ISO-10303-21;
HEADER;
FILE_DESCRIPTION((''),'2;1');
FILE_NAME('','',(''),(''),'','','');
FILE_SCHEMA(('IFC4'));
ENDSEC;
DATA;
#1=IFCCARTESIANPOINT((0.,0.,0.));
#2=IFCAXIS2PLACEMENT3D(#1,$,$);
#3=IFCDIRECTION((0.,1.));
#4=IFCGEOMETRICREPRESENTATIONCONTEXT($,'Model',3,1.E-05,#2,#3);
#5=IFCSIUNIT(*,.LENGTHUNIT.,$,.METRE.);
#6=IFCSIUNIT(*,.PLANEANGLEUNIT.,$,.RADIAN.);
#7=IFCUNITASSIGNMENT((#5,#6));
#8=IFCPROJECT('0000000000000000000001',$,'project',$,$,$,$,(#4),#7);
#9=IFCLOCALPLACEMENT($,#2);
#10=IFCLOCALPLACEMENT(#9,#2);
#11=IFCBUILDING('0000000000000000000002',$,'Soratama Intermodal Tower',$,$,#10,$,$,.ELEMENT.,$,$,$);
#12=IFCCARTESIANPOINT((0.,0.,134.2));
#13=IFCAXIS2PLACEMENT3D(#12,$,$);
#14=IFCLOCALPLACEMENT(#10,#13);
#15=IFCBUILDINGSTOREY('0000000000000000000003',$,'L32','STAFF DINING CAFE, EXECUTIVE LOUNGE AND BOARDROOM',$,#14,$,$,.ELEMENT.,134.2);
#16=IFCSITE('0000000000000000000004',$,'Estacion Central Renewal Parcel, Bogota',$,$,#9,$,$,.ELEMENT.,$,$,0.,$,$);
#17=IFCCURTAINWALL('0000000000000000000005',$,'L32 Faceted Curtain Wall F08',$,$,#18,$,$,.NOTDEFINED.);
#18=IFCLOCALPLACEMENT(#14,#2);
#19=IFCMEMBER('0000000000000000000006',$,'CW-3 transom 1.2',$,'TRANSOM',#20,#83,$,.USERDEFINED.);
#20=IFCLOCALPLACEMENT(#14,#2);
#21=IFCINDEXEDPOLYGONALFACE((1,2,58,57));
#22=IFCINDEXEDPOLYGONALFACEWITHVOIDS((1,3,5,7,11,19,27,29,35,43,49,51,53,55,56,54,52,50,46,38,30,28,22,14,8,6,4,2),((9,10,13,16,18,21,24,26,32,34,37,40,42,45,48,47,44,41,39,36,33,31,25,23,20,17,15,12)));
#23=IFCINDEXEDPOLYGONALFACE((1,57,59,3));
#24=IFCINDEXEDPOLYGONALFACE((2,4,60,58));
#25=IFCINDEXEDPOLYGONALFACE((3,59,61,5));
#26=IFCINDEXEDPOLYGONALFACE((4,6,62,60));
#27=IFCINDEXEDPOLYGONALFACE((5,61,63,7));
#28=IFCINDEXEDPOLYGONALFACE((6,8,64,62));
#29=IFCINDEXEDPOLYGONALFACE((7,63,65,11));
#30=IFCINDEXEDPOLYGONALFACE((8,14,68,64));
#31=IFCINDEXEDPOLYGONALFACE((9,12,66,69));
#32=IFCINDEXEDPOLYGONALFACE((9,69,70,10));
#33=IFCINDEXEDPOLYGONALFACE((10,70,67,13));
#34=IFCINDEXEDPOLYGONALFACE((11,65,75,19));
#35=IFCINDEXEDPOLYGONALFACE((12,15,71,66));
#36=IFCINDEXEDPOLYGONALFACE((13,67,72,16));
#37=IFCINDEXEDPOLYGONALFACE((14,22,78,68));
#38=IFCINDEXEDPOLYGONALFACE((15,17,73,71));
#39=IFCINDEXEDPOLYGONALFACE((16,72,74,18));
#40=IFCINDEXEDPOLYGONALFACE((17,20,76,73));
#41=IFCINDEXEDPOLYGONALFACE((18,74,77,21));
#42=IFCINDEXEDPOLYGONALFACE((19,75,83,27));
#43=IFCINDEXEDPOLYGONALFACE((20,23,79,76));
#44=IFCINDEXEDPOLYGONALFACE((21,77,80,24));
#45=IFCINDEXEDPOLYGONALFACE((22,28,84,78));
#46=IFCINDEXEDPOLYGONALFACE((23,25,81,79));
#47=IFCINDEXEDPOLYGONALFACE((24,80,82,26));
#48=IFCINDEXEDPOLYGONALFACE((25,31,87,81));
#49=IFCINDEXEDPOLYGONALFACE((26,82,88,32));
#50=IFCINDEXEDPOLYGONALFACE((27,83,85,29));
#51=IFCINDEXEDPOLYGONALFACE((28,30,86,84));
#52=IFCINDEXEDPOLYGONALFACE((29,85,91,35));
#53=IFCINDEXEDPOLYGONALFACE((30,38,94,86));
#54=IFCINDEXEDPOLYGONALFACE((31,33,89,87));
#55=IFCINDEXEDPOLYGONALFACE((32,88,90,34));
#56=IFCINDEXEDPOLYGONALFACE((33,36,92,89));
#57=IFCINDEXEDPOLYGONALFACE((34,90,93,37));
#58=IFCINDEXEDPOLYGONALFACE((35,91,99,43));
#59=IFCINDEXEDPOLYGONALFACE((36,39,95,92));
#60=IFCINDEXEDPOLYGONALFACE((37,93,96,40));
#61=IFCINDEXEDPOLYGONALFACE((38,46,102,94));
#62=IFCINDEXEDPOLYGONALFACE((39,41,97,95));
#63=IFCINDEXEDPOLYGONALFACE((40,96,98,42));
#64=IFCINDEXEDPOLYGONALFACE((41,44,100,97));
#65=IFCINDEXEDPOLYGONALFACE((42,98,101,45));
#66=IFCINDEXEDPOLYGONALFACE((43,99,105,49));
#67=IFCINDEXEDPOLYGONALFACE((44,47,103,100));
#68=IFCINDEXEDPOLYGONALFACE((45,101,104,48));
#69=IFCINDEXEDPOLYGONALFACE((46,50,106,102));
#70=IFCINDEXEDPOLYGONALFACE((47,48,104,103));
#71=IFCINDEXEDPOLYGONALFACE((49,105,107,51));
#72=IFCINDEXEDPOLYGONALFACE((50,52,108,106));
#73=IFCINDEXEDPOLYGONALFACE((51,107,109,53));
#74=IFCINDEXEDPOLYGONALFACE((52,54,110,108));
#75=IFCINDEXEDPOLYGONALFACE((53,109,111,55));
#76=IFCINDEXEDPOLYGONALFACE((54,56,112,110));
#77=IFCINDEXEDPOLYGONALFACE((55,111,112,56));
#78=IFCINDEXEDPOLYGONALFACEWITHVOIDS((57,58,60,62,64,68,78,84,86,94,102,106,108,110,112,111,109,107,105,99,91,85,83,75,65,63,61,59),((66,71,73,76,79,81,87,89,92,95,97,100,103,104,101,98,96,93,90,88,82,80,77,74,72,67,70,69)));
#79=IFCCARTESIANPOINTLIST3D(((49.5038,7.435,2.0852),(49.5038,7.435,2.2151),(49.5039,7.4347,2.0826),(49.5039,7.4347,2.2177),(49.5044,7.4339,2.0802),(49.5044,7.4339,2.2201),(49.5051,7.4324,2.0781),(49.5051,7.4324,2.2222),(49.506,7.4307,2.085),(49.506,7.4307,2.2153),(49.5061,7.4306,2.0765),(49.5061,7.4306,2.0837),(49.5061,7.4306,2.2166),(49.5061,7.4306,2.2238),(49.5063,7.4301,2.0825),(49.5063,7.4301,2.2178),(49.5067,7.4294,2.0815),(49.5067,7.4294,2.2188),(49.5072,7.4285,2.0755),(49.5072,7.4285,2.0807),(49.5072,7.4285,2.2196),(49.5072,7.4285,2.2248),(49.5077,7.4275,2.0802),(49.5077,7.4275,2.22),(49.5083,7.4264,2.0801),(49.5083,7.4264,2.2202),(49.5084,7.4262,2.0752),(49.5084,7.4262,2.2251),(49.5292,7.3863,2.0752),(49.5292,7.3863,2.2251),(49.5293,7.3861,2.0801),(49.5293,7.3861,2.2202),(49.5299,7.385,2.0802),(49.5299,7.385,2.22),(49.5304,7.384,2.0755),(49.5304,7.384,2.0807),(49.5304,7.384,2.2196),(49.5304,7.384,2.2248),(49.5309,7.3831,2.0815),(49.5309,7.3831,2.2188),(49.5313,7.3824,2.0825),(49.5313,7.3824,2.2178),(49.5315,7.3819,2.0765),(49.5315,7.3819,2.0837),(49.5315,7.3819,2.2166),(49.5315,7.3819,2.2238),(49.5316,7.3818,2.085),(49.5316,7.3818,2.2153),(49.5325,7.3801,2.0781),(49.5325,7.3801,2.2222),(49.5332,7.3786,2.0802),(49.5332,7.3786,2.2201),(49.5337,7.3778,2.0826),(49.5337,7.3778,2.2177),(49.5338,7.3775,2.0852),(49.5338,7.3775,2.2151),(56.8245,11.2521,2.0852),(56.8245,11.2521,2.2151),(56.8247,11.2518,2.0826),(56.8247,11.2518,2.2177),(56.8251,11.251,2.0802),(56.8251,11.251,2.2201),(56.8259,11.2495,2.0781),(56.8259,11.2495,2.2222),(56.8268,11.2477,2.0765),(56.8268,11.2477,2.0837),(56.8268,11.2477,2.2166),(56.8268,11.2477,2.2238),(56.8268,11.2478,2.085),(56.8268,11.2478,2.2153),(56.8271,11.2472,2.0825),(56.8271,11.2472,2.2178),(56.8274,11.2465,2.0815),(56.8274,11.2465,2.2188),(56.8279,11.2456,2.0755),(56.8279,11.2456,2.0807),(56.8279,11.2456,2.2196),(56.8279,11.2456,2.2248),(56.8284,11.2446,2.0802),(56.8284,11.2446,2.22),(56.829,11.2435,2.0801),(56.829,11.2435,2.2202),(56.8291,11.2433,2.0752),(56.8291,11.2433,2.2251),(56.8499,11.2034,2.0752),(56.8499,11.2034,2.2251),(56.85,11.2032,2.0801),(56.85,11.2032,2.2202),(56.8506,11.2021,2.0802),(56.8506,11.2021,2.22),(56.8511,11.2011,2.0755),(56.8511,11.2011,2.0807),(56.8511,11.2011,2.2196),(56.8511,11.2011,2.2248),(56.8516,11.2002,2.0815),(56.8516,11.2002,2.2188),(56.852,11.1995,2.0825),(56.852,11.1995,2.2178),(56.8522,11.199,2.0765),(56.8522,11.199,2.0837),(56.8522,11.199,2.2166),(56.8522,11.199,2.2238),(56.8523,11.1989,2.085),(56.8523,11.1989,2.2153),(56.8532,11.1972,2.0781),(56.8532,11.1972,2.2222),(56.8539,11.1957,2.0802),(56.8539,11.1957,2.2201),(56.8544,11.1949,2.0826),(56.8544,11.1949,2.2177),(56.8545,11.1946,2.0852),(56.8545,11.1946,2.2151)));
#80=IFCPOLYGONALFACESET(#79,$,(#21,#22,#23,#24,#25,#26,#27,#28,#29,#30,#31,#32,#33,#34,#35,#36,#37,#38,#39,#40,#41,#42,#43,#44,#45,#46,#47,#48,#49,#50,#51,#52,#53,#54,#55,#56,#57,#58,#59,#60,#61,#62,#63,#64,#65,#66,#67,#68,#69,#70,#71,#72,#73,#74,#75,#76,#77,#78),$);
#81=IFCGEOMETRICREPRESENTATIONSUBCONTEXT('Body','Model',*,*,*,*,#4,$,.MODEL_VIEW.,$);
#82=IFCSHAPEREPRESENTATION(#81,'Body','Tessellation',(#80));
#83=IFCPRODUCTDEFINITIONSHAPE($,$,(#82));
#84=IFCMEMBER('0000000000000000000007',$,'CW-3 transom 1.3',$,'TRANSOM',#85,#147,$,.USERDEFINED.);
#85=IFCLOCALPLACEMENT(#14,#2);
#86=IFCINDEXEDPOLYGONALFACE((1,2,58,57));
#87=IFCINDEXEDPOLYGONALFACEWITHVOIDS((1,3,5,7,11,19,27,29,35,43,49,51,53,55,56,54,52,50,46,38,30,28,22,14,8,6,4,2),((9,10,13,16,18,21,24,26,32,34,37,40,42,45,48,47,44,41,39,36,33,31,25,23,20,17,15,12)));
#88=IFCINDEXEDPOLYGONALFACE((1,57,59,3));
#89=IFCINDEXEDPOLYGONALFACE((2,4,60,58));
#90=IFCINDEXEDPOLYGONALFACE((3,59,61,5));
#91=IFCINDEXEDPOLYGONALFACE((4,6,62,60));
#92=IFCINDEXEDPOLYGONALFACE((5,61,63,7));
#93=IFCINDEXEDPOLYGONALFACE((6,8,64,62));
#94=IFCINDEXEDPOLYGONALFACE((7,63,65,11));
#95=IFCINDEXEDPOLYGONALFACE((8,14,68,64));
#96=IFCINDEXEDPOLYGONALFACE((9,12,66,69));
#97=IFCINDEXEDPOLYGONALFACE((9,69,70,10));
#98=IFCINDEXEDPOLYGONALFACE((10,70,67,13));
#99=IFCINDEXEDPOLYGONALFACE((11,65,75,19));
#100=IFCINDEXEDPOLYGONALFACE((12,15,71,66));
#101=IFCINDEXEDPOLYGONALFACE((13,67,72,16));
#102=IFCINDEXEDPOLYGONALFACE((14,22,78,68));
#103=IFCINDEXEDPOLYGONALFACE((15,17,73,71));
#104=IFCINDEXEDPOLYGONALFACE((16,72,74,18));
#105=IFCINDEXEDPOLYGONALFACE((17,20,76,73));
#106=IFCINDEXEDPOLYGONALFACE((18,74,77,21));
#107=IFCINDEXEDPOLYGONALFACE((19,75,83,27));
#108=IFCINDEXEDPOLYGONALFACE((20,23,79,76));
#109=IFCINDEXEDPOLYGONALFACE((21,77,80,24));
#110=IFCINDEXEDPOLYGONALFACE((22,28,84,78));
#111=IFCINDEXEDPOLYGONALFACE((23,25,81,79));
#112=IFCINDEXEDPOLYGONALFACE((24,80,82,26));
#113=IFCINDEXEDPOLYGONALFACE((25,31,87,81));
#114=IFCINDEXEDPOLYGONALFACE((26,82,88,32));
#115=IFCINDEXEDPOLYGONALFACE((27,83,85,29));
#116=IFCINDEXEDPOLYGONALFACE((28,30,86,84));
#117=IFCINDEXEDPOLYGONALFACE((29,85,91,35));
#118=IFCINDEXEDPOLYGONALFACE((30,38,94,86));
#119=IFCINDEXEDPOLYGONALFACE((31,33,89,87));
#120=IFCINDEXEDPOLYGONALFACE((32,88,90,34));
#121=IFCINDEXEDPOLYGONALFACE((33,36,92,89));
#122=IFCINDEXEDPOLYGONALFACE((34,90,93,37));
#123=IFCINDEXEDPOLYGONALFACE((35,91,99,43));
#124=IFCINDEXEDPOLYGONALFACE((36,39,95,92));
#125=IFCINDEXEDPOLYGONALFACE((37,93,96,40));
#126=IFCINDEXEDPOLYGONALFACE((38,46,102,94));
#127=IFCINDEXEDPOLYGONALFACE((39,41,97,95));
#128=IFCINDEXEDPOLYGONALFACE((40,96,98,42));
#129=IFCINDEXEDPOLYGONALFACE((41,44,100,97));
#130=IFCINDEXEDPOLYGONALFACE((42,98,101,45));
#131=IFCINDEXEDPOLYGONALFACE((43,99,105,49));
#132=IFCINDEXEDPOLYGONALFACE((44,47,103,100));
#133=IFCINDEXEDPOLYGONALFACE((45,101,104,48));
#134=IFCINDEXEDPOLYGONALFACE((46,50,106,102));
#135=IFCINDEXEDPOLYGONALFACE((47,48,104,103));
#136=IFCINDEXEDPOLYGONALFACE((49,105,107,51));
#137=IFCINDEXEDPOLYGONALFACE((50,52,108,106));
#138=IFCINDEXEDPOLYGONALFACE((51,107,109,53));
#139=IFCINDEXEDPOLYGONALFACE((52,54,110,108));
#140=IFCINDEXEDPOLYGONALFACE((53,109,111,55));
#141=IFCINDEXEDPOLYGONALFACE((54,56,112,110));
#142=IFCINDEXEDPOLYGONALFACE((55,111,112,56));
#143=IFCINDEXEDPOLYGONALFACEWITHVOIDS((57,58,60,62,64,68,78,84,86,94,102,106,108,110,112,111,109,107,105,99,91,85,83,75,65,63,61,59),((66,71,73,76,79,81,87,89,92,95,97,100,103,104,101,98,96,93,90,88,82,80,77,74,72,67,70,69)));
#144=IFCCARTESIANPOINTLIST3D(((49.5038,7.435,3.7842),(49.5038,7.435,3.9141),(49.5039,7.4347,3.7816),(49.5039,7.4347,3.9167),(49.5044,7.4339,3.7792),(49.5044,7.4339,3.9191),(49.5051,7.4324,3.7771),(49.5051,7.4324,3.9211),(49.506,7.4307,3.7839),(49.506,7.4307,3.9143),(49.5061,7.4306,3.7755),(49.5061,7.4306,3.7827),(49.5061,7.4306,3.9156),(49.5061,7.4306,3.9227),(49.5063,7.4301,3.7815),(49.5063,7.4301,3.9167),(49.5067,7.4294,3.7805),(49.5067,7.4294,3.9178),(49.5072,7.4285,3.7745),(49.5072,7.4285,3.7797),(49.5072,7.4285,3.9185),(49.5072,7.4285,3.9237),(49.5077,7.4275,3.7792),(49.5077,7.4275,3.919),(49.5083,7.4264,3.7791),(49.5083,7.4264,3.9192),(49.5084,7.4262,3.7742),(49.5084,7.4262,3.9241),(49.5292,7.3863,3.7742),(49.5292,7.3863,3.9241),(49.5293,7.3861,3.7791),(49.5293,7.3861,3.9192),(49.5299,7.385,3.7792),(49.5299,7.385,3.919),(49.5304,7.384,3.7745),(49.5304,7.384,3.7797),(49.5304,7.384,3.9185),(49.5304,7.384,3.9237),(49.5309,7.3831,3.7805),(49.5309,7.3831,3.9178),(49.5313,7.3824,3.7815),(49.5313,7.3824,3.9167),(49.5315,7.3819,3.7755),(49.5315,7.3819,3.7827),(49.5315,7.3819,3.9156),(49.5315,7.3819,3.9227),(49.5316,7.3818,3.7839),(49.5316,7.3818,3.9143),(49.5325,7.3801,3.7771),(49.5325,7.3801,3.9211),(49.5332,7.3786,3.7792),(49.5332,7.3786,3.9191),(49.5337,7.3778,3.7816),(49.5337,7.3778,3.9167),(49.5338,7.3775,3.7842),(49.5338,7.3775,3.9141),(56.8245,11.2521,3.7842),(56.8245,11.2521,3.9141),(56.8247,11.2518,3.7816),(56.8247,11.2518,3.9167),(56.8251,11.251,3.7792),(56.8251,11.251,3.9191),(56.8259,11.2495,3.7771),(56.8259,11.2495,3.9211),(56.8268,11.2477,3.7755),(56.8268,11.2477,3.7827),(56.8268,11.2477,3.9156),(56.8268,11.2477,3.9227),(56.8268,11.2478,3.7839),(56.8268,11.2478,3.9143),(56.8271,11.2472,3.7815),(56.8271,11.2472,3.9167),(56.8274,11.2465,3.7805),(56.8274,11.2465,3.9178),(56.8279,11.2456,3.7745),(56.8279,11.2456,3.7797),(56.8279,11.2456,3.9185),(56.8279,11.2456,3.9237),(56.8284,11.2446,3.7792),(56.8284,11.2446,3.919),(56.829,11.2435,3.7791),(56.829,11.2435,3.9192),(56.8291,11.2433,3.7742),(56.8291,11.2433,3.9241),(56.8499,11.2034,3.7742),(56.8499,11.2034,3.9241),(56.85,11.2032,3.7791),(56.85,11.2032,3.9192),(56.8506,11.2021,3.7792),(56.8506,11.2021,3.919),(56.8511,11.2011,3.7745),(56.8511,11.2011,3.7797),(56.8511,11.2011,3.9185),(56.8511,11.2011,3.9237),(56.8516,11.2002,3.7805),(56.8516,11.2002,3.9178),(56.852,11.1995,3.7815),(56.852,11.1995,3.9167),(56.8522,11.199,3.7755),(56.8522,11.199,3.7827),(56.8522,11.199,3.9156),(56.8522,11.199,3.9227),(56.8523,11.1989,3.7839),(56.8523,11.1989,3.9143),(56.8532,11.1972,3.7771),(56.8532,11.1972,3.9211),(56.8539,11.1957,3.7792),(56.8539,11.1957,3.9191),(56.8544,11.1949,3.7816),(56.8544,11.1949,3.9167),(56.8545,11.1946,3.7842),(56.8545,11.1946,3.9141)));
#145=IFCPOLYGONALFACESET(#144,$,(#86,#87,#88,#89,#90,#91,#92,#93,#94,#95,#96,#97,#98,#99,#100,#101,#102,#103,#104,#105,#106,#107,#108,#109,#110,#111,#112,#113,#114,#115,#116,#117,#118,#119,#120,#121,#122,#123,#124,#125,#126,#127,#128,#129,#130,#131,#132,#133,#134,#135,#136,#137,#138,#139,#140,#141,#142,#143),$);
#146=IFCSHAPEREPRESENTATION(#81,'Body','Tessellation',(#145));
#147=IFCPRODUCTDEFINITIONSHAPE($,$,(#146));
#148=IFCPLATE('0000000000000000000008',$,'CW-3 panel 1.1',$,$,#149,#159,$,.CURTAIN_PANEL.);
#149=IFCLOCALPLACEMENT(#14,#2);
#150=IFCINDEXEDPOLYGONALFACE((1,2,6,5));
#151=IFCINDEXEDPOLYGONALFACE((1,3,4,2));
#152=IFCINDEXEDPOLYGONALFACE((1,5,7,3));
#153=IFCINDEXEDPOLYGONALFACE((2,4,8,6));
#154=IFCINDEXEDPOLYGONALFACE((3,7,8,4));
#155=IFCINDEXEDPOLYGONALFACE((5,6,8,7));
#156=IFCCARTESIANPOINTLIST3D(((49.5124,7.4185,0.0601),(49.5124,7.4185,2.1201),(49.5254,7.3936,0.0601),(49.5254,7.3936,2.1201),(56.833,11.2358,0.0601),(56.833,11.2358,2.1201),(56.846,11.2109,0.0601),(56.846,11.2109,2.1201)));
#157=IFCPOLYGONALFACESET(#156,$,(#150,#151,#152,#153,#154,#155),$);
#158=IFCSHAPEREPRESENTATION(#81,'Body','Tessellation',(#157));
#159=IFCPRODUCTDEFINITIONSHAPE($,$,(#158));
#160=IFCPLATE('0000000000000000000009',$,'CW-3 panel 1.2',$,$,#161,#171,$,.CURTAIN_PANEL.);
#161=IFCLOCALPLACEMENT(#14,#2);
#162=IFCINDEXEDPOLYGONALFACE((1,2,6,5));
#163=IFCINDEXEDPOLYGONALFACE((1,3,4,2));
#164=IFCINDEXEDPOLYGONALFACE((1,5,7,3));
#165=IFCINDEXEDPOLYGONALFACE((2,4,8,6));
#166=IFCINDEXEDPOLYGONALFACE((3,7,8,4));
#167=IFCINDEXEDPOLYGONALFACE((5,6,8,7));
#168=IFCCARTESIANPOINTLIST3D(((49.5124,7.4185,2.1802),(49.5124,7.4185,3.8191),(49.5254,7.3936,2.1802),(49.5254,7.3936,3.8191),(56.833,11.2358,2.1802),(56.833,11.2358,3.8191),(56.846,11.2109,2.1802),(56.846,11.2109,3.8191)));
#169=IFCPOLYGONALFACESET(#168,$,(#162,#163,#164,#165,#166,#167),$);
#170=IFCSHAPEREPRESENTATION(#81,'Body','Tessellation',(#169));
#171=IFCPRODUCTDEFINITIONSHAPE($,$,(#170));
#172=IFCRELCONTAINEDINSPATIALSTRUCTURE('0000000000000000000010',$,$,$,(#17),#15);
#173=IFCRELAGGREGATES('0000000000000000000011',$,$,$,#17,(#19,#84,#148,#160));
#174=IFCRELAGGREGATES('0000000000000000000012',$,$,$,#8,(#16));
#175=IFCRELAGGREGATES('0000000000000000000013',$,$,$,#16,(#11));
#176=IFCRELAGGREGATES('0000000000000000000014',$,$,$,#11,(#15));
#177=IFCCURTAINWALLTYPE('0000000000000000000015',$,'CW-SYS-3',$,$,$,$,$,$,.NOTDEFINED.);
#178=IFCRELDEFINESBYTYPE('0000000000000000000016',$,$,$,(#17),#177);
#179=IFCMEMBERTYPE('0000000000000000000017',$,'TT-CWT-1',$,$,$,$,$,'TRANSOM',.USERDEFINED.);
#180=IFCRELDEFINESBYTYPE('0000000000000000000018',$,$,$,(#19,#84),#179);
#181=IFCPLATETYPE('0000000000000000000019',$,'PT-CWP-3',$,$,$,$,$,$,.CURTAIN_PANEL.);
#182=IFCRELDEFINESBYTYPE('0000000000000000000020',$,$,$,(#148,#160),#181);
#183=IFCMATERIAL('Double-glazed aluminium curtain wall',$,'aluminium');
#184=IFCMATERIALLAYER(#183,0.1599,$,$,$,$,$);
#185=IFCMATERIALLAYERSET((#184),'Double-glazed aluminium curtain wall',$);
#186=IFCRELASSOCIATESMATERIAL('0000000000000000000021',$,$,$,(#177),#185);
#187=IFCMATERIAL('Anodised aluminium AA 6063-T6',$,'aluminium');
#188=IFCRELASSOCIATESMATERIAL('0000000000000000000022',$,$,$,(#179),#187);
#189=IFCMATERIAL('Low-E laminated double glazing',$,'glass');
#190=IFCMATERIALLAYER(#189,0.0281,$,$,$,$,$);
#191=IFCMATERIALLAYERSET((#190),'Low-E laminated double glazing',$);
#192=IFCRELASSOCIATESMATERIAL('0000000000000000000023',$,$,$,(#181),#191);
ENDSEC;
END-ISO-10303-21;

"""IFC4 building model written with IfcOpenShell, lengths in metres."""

from ifc_helpers import new_model, si_unit, direction, frame, origin, origin_2d, place, context, subcontext, project, spatial, rectangle, hollow_rectangle, extrude, material, layer, layer_set, material_profile, profile_set, type_object, element, aggregate, save


model = new_model("IFC4")

# Units and contexts
model_context = context("Model", 3, precision=1e-05, world=origin(), true_north=direction((0.0, 1.0)))
body_context = subcontext(model_context, "Body", "Model", "MODEL_VIEW")
ifc_project = project(units=[si_unit("LENGTHUNIT", "METRE"), si_unit("PLANEANGLEUNIT", "RADIAN")], contexts=[model_context])

# Site, building, storey
site_placement = place(None, origin())
site = spatial("IfcSite", under=ifc_project, at=site_placement, Name="Estacion Central Renewal Parcel, Bogota", CompositionType="ELEMENT", RefElevation=0.0)
building_placement = place(site_placement, origin())
building = spatial("IfcBuilding", under=site, at=building_placement, Name="Soratama Intermodal Tower", CompositionType="ELEMENT")
storey_placement = place(building_placement, frame((0.0, 0.0, 134.2)))
storey = spatial("IfcBuildingStorey", under=building, at=storey_placement, Name="L32", Description="STAFF DINING CAFE, EXECUTIVE LOUNGE AND BOARDROOM", CompositionType="ELEMENT", Elevation=134.2)

# Curtain wall, members, plates
ifc_material_1 = material(Name="Double-glazed aluminium curtain wall", Category="aluminium")
ifc_layer_1 = layer(ifc_material_1, 0.1599)
ifc_layer_set_1 = layer_set([ifc_layer_1], Name="Double-glazed aluminium curtain wall")
curtain_wall_type = type_object("IfcCurtainWallType", Name="CW-SYS-3", PredefinedType="NOTDEFINED", material=ifc_layer_set_1)
curtain_wall_placement = place(storey_placement, origin())
curtain_wall = element("IfcCurtainWall", 1, at=curtain_wall_placement, inside=storey, type_object=curtain_wall_type, Name="L32 Faceted Curtain Wall F08", PredefinedType="NOTDEFINED")
ifc_material_2 = material(Name="Anodised aluminium AA 6063-T6", Category="aluminium")
ifc_material_profile_1 = material_profile(ifc_material_2, hollow_rectangle(XDim=0.0649, YDim=0.1499, WallThickness=0.0049, InnerFilletRadius=0.0049, OuterFilletRadius=0.01, at=origin_2d()), Name="CWT150X65X5")
ifc_profile_set_1 = profile_set([ifc_material_profile_1], Name="Anodised aluminium AA 6063-T6")
member_type_1 = type_object("IfcMemberType", Name="TT-CWT-1", ElementType="TRANSOM", PredefinedType="USERDEFINED", material=ifc_profile_set_1)
member_1_placement = place(storey_placement, frame((49.5188, 7.4062, 2.1501), z_axis=(0.886705, 0.462337, 0.0), x_axis=(-0.462337, 0.886705, 0.0)))
member_1 = element("IfcMember", 2, at=member_1_placement, type_object=member_type_1, Name="CW-3 transom 1.2", ObjectType="TRANSOM", PredefinedType="USERDEFINED", context=body_context, shape_type="SweptSolid", body=[
    extrude(hollow_rectangle(XDim=0.0649, YDim=0.1499, WallThickness=0.0049, InnerFilletRadius=0.0049, OuterFilletRadius=0.01, at=origin_2d()), origin(), (0.0, 0.0, 1.0), 8.2561),
])
member_2_placement = place(storey_placement, frame((49.5188, 7.4062, 3.8491), z_axis=(0.886705, 0.462337, 0.0), x_axis=(-0.462337, 0.886705, 0.0)))
member_2 = element("IfcMember", 3, at=member_2_placement, type_object=member_type_1, Name="CW-3 transom 1.3", ObjectType="TRANSOM", PredefinedType="USERDEFINED", context=body_context, shape_type="SweptSolid", body=[
    extrude(hollow_rectangle(XDim=0.0649, YDim=0.1499, WallThickness=0.0049, InnerFilletRadius=0.0049, OuterFilletRadius=0.01, at=origin_2d()), origin(), (0.0, 0.0, 1.0), 8.2561),
])
ifc_material_3 = material(Name="Low-E laminated double glazing", Category="glass")
ifc_layer_2 = layer(ifc_material_3, 0.0281)
ifc_layer_set_2 = layer_set([ifc_layer_2], Name="Low-E laminated double glazing")
plate_type = type_object("IfcPlateType", Name="PT-CWP-3", PredefinedType="CURTAIN_PANEL", material=ifc_layer_set_2)
plate_1_placement = place(storey_placement, frame((53.1792, 9.3147, 0.0601), z_axis=(0.0, 0.0, 1.0), x_axis=(0.886693, 0.462359, 0.0)))
plate_1 = element("IfcPlate", 4, at=plate_1_placement, type_object=plate_type, Name="CW-3 panel 1.1", PredefinedType="CURTAIN_PANEL", context=body_context, shape_type="SweptSolid", body=[
    extrude(rectangle(XDim=8.2561, YDim=0.0281, at=origin_2d()), origin(), (0.0, 0.0, 1.0), 2.0601),
])
plate_2_placement = place(storey_placement, frame((53.1792, 9.3147, 2.1802), z_axis=(0.0, 0.0, 1.0), x_axis=(0.886693, 0.462359, 0.0)))
plate_2 = element("IfcPlate", 5, at=plate_2_placement, type_object=plate_type, Name="CW-3 panel 1.2", PredefinedType="CURTAIN_PANEL", context=body_context, shape_type="SweptSolid", body=[
    extrude(rectangle(XDim=8.2561, YDim=0.0281, at=origin_2d()), origin(), (0.0, 0.0, 1.0), 1.6389),
])
aggregate(curtain_wall, [member_1, member_2, plate_1, plate_2])

save(model, "model.ifc")
